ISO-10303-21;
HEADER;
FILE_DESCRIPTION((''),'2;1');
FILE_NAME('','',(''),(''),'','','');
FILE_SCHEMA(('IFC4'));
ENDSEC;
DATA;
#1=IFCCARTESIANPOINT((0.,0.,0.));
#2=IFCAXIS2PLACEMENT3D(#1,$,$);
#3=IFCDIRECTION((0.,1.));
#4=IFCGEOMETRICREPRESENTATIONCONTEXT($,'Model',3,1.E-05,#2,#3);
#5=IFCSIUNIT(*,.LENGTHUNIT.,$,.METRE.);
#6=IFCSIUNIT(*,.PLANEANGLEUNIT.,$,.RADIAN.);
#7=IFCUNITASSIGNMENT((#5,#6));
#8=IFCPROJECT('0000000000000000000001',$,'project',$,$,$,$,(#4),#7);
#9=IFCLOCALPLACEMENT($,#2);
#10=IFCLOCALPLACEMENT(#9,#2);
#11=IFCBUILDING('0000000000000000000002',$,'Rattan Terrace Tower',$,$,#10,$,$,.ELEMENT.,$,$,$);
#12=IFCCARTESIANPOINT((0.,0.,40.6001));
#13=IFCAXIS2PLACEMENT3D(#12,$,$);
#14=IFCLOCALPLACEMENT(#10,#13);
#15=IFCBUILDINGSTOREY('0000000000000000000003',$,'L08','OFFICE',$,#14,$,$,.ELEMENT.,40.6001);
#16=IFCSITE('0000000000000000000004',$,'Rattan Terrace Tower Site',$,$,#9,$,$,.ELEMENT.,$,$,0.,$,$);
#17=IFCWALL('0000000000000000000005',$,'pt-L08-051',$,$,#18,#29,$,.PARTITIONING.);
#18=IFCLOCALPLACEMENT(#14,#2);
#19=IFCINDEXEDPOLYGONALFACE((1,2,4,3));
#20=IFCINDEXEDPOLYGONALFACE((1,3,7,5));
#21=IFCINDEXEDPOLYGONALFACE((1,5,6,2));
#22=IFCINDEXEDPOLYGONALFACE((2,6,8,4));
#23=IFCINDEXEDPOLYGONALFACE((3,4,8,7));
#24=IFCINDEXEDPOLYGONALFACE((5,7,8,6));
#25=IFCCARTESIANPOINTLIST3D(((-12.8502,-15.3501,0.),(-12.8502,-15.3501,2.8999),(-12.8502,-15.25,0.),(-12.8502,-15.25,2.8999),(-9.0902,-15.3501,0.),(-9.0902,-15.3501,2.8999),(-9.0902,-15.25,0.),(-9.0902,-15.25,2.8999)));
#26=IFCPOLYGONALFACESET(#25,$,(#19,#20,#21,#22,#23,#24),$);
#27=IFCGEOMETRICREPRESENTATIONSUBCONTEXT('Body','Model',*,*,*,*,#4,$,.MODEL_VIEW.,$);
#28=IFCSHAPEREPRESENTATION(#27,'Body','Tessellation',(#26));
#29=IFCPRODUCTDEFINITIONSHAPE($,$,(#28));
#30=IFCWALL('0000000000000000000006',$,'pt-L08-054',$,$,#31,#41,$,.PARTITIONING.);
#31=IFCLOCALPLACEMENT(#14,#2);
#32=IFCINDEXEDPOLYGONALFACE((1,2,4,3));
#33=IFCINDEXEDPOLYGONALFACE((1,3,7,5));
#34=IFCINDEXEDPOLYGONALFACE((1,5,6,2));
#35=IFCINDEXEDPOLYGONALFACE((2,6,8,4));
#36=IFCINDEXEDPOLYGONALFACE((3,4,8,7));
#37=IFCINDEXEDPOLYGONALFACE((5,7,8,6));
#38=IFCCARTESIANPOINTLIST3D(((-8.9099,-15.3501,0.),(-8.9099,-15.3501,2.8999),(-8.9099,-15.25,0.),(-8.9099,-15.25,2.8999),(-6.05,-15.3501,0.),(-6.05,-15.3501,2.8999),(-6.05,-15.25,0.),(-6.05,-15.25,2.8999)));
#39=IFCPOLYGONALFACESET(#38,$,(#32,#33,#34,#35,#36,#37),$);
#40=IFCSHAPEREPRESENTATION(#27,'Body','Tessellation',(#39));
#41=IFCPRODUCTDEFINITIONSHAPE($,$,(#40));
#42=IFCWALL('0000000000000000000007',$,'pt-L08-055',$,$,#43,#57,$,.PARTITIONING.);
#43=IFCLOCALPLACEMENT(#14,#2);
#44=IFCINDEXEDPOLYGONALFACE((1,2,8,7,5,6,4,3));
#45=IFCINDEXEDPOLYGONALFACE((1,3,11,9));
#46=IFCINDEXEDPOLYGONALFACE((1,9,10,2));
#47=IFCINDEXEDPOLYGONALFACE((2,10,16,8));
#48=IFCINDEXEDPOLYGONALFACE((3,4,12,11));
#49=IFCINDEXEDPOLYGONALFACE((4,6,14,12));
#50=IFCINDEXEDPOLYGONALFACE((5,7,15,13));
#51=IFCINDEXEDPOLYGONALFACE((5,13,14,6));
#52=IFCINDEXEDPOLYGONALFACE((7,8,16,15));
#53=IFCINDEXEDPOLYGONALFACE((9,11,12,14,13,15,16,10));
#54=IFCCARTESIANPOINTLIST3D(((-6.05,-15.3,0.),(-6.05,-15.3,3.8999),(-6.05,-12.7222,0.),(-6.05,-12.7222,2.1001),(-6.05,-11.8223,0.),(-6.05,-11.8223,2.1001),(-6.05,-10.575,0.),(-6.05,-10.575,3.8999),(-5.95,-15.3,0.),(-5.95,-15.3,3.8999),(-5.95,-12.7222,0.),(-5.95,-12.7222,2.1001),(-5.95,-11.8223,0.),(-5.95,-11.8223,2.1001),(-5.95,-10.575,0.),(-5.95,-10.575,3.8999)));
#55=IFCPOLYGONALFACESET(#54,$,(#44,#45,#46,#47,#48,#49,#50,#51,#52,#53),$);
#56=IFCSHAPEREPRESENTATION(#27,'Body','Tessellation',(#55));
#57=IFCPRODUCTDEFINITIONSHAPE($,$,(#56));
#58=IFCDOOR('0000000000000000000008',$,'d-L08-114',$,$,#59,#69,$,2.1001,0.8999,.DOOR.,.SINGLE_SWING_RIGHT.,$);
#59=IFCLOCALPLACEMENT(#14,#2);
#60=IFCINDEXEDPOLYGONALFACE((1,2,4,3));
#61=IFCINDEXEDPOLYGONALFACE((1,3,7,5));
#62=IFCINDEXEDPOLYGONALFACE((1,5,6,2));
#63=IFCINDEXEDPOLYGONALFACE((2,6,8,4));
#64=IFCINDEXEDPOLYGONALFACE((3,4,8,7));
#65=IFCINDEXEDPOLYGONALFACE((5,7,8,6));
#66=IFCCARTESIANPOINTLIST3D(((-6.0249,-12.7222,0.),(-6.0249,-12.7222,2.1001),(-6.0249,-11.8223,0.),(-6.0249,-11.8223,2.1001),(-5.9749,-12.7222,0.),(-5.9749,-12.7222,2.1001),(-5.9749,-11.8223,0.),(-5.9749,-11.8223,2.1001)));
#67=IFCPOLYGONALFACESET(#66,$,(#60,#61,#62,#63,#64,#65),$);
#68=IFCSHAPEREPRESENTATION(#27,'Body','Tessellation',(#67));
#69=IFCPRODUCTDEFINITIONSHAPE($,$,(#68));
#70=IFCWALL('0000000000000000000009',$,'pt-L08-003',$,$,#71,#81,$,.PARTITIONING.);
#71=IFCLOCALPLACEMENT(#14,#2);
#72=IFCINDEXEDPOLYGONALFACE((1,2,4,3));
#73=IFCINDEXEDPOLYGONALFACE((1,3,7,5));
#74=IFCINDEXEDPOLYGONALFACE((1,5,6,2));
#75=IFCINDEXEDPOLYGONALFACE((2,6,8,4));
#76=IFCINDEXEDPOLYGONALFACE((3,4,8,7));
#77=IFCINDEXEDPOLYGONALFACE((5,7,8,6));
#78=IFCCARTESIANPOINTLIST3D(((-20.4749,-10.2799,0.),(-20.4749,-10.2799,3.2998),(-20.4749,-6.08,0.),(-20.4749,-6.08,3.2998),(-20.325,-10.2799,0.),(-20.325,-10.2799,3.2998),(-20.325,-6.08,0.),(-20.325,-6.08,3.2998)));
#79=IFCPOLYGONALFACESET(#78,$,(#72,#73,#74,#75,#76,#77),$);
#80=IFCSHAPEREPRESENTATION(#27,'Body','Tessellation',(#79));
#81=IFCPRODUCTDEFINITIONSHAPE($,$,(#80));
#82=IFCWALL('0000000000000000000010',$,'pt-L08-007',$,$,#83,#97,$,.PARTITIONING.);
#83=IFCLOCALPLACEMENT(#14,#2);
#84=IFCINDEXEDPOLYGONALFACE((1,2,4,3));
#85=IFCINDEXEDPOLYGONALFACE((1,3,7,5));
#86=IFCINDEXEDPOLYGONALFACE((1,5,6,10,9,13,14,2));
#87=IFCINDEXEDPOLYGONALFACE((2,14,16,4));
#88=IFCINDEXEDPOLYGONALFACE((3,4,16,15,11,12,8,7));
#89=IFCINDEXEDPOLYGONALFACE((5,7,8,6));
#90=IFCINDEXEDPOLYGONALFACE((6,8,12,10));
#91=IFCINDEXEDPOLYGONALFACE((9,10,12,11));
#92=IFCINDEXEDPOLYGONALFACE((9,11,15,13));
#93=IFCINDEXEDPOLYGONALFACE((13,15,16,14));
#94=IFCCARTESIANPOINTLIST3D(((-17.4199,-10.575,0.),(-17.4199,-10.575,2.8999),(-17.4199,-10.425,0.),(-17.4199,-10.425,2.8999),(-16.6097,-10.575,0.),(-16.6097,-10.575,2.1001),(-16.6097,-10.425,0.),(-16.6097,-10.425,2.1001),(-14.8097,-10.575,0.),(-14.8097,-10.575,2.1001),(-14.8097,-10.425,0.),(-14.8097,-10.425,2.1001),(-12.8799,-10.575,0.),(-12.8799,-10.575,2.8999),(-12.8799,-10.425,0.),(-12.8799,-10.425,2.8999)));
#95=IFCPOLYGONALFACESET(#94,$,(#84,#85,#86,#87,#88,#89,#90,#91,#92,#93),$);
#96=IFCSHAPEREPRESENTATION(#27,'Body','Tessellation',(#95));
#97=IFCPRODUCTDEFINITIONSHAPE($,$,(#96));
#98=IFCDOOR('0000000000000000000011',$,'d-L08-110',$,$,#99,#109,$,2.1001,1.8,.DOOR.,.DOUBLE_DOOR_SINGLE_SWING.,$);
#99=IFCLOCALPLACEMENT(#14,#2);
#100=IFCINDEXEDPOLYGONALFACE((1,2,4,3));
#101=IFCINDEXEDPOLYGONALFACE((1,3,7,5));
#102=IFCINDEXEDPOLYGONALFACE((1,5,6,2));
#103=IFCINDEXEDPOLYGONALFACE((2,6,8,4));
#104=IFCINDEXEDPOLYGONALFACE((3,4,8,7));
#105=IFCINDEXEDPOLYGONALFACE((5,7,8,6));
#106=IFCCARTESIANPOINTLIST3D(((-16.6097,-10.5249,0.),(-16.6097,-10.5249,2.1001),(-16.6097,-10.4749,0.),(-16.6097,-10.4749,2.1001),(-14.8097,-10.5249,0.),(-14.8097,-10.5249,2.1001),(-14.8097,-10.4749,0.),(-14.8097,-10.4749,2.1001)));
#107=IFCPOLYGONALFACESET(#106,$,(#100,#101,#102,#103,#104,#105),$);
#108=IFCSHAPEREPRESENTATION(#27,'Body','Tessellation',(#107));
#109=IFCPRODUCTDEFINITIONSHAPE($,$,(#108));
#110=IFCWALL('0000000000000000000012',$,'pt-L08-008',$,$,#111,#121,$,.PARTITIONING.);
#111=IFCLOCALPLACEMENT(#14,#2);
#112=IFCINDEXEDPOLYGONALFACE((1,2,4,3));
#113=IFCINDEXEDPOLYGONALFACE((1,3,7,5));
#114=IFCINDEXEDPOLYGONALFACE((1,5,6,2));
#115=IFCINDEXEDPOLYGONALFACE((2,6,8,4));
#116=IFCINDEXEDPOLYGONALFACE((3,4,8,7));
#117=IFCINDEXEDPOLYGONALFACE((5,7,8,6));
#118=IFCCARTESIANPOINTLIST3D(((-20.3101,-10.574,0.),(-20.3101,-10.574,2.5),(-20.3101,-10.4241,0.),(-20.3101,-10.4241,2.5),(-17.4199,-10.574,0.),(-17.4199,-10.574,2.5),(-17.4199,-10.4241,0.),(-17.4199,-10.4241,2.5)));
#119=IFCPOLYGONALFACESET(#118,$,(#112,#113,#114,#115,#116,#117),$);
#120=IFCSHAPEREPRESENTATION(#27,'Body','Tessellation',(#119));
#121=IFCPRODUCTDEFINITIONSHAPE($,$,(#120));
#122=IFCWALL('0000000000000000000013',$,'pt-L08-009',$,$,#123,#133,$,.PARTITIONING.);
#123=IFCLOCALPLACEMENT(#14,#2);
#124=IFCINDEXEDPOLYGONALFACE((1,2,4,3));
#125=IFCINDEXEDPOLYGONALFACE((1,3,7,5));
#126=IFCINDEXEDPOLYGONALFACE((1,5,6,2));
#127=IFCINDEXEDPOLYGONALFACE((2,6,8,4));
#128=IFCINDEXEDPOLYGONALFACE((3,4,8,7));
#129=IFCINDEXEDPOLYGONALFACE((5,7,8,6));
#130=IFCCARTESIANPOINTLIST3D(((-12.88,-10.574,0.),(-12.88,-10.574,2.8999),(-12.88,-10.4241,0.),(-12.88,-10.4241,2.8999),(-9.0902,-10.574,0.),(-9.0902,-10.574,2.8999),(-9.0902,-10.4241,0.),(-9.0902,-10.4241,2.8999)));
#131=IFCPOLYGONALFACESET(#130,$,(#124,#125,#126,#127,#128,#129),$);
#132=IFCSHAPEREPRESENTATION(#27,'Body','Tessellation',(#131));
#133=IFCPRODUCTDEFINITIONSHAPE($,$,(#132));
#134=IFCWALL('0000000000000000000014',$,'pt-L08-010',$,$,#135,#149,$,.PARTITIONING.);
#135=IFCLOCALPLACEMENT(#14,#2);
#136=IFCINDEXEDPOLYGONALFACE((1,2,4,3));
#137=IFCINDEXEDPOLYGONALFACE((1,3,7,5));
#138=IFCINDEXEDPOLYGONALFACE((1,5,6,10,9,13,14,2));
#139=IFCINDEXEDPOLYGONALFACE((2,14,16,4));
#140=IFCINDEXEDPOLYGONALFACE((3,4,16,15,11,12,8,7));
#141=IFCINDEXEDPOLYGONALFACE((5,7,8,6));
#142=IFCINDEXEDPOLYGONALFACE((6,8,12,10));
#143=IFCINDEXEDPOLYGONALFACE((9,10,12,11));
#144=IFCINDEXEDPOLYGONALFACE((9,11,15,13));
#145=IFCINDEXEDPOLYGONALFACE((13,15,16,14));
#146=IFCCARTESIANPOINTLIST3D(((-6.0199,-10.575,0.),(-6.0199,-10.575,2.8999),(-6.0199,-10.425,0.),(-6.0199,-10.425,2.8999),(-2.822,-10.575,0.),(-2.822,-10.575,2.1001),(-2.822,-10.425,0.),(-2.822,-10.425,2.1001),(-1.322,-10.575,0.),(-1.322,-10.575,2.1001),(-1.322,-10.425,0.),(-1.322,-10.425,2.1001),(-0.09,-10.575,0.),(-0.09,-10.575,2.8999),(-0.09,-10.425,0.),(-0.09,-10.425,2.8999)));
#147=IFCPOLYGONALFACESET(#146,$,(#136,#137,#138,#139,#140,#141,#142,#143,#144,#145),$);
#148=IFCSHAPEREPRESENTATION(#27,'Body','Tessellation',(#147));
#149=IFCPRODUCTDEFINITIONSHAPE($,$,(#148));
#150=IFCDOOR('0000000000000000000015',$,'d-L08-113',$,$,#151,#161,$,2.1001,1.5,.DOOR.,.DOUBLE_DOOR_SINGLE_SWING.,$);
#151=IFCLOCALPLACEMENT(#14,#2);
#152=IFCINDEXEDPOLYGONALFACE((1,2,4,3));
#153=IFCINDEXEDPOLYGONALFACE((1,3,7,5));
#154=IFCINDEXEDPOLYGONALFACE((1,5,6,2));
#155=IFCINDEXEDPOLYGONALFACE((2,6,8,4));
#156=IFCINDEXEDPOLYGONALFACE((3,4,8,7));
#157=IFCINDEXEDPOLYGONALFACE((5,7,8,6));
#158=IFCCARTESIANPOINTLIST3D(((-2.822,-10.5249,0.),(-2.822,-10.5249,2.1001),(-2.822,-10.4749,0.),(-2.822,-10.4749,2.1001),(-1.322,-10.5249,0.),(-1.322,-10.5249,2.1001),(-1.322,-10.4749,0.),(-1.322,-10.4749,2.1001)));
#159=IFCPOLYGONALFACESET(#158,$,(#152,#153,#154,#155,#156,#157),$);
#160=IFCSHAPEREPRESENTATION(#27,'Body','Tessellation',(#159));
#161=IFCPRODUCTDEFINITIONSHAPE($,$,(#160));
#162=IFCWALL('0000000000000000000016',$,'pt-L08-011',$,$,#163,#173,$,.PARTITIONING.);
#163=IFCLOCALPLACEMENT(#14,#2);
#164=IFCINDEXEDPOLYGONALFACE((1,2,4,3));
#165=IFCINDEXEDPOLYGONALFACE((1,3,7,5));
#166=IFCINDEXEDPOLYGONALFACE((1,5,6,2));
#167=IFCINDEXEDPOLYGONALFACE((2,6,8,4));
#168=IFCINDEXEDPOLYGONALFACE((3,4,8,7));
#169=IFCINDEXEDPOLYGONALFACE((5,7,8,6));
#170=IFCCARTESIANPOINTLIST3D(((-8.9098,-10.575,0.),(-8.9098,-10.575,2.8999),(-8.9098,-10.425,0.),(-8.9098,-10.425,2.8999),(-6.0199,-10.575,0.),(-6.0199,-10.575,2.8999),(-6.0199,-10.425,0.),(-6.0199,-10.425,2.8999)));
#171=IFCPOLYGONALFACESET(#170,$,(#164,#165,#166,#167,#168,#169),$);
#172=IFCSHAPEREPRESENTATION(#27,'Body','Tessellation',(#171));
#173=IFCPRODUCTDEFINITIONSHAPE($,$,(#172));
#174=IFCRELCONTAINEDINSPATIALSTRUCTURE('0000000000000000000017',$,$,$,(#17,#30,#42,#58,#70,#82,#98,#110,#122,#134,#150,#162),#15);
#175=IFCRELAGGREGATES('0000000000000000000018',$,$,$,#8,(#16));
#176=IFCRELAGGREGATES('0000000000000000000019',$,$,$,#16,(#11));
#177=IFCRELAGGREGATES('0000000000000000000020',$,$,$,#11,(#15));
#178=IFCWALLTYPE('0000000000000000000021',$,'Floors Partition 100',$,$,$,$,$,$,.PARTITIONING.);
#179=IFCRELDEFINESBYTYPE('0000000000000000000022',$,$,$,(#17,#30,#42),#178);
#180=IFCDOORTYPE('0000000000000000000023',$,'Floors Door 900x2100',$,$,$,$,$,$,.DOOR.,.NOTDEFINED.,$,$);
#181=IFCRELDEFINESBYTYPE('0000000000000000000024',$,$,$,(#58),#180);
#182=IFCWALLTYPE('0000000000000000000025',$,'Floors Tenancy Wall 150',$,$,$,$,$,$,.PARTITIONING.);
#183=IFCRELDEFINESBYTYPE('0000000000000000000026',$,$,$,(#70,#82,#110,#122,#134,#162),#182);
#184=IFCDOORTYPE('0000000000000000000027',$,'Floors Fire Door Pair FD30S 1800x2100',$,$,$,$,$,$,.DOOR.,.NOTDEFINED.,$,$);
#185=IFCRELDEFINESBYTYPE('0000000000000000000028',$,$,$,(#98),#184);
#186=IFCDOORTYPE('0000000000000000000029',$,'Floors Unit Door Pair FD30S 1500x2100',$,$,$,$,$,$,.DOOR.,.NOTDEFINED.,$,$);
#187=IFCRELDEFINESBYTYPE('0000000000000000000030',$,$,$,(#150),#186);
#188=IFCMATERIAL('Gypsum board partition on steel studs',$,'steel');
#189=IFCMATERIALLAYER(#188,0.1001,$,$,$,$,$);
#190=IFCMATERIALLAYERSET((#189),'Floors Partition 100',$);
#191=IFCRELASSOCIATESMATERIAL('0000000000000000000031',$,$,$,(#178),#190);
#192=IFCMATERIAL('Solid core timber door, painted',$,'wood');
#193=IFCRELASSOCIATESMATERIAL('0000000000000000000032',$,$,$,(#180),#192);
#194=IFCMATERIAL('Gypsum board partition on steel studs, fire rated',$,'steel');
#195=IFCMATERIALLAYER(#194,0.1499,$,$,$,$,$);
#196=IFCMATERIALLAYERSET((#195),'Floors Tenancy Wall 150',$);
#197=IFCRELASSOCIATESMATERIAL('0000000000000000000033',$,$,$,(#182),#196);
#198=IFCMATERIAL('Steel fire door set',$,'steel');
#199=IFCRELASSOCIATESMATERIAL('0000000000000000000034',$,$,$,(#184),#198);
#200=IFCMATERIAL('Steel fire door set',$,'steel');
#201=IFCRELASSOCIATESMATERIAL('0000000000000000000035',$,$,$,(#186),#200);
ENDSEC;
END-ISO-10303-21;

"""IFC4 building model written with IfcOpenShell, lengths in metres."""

from ifc_helpers import new_model, si_unit, direction, frame, frame_2d, origin, place, context, subcontext, project, spatial, rectangle, extrude, material, layer, layer_set, type_object, element, fill, save


model = new_model("IFC4")

# Units and contexts
model_context = context("Model", 3, precision=1e-05, world=origin(), true_north=direction((0.0, 1.0)))
body_context = subcontext(model_context, "Body", "Model", "MODEL_VIEW")
ifc_project = project(units=[si_unit("LENGTHUNIT", "METRE"), si_unit("PLANEANGLEUNIT", "RADIAN")], contexts=[model_context])

# Site, building, storey
site_placement = place(None, origin())
site = spatial("IfcSite", under=ifc_project, at=site_placement, Name="Rattan Terrace Tower Site", CompositionType="ELEMENT", RefElevation=0.0)
building_placement = place(site_placement, origin())
building = spatial("IfcBuilding", under=site, at=building_placement, Name="Rattan Terrace Tower", CompositionType="ELEMENT")
storey_placement = place(building_placement, frame((0.0, 0.0, 40.6001)))
storey = spatial("IfcBuildingStorey", under=building, at=storey_placement, Name="L08", Description="OFFICE", CompositionType="ELEMENT", Elevation=40.6001)

# Shared definitions
ifc_material_1 = material(Name="Gypsum board partition on steel studs", Category="steel")
ifc_layer_1 = layer(ifc_material_1, 0.1001)
ifc_layer_set_1 = layer_set([ifc_layer_1], Name="Floors Partition 100")
wall_type_1 = type_object("IfcWallType", Name="Floors Partition 100", PredefinedType="PARTITIONING", material=ifc_layer_set_1)

# Walls
wall_1_placement = place(storey_placement, frame((-12.8501, -15.3, 0.0), z_axis=(0.0, 0.0, 1.0), x_axis=(1.0, 0.0, 0.0)))
element("IfcWall", 1, at=wall_1_placement, inside=storey, type_object=wall_type_1, Name="pt-L08-051", PredefinedType="PARTITIONING", context=body_context, shape_type="SweptSolid", body=[
    extrude(rectangle(XDim=3.76, YDim=0.1001, at=frame_2d((1.8799, 0.0))), origin(), (0.0, 0.0, 1.0), 2.8999),
])
wall_2_placement = place(storey_placement, frame((-8.9099, -15.3, 0.0), z_axis=(0.0, 0.0, 1.0), x_axis=(1.0, 0.0, 0.0)))
element("IfcWall", 2, at=wall_2_placement, inside=storey, type_object=wall_type_1, Name="pt-L08-054", PredefinedType="PARTITIONING", context=body_context, shape_type="SweptSolid", body=[
    extrude(rectangle(XDim=2.8599, YDim=0.1001, at=frame_2d((1.4299, 0.0))), origin(), (0.0, 0.0, 1.0), 2.8999),
])

# Wall, opening, door
wall_3_placement = place(storey_placement, frame((-6.0, -15.3, 0.0), z_axis=(0.0, 0.0, 1.0), x_axis=(0.0, 1.0, 0.0)))
wall_3 = element("IfcWall", 3, at=wall_3_placement, inside=storey, type_object=wall_type_1, Name="pt-L08-055", PredefinedType="PARTITIONING", context=body_context, shape_type="SweptSolid", body=[
    extrude(rectangle(XDim=4.7251, YDim=0.1001, at=frame_2d((2.3625, 0.0))), origin(), (0.0, 0.0, 1.0), 3.8999),
])
opening_1_placement = place(wall_3_placement, frame((2.5779, 0.0, 0.0)))
opening_1 = element("IfcOpeningElement", 4, at=opening_1_placement, cuts=wall_3, PredefinedType="OPENING", context=body_context, shape_type="SweptSolid", body=[
    extrude(rectangle(XDim=0.8999, YDim=2.1001, at=frame_2d((0.45, 1.05))), frame((0.0, 0.0605, 0.0), z_axis=(0.0, -1.0, 0.0), x_axis=(1.0, 0.0, 0.0)), (0.0, 0.0, 1.0), 0.1211),
])
ifc_material_2 = material(Name="Solid core timber door, painted", Category="wood")
door_type_1 = type_object("IfcDoorType", Name="Floors Door 900x2100", OperationType="NOTDEFINED", PredefinedType="DOOR", material=ifc_material_2)
door_1_placement = place(opening_1_placement, origin())
door_1 = element("IfcDoor", 5, at=door_1_placement, inside=storey, type_object=door_type_1, Name="d-L08-114", OperationType="SINGLE_SWING_RIGHT", OverallHeight=2.1001, OverallWidth=0.8999, PredefinedType="DOOR", context=body_context, shape_type="SweptSolid", body=[
    extrude(rectangle(XDim=0.8999, YDim=2.1001, at=frame_2d((0.45, 1.05))), frame((0.0, 0.0249, 0.0), z_axis=(0.0, -1.0, 0.0), x_axis=(1.0, 0.0, 0.0)), (0.0, 0.0, 1.0), 0.05),
])
fill(opening_1, door_1)

# Wall
ifc_material_3 = material(Name="Gypsum board partition on steel studs, fire rated", Category="steel")
ifc_layer_2 = layer(ifc_material_3, 0.1499)
ifc_layer_set_2 = layer_set([ifc_layer_2], Name="Floors Tenancy Wall 150")
wall_type_2 = type_object("IfcWallType", Name="Floors Tenancy Wall 150", PredefinedType="PARTITIONING", material=ifc_layer_set_2)
wall_4_placement = place(storey_placement, frame((-20.3999, -10.28, 0.0), z_axis=(0.0, 0.0, 1.0), x_axis=(0.0, 1.0, 0.0)))
element("IfcWall", 6, at=wall_4_placement, inside=storey, type_object=wall_type_2, Name="pt-L08-003", PredefinedType="PARTITIONING", context=body_context, shape_type="SweptSolid", body=[
    extrude(rectangle(XDim=4.2, YDim=0.1499, at=frame_2d((2.1001, 0.0))), origin(), (0.0, 0.0, 1.0), 3.2998),
])

# Wall, opening, door
wall_5_placement = place(storey_placement, frame((-12.8799, -10.5, 0.0), z_axis=(0.0, 0.0, 1.0), x_axis=(-1.0, 0.0, 0.0)))
wall_5 = element("IfcWall", 7, at=wall_5_placement, inside=storey, type_object=wall_type_2, Name="pt-L08-007", PredefinedType="PARTITIONING", context=body_context, shape_type="SweptSolid", body=[
    extrude(rectangle(XDim=4.54, YDim=0.1499, at=frame_2d((2.27, 0.0))), origin(), (0.0, 0.0, 1.0), 2.8999),
])
opening_2_placement = place(wall_5_placement, frame((1.9299, 0.0, 0.0)))
opening_2 = element("IfcOpeningElement", 8, at=opening_2_placement, cuts=wall_5, PredefinedType="OPENING", context=body_context, shape_type="SweptSolid", body=[
    extrude(rectangle(XDim=1.8, YDim=2.1001, at=frame_2d((0.8999, 1.05))), frame((0.0, 0.0854, 0.0), z_axis=(0.0, -1.0, 0.0), x_axis=(1.0, 0.0, 0.0)), (0.0, 0.0, 1.0), 0.1709),
])
ifc_material_4 = material(Name="Steel fire door set", Category="steel")
door_type_2 = type_object("IfcDoorType", Name="Floors Fire Door Pair FD30S 1800x2100", OperationType="NOTDEFINED", PredefinedType="DOOR", material=ifc_material_4)
door_2_placement = place(opening_2_placement, origin())
door_2 = element("IfcDoor", 9, at=door_2_placement, inside=storey, type_object=door_type_2, Name="d-L08-110", OperationType="DOUBLE_DOOR_SINGLE_SWING", OverallHeight=2.1001, OverallWidth=1.8, PredefinedType="DOOR", context=body_context, shape_type="SweptSolid", body=[
    extrude(rectangle(XDim=1.8, YDim=2.1001, at=frame_2d((0.8999, 1.05))), frame((0.0, 0.0249, 0.0), z_axis=(0.0, -1.0, 0.0), x_axis=(1.0, 0.0, 0.0)), (0.0, 0.0, 1.0), 0.05),
])
fill(opening_2, door_2)

# Walls
wall_6_placement = place(storey_placement, frame((-17.4199, -10.499, 0.0), z_axis=(0.0, 0.0, 1.0), x_axis=(-1.0, 0.0, 0.0)))
element("IfcWall", 10, at=wall_6_placement, inside=storey, type_object=wall_type_2, Name="pt-L08-008", PredefinedType="PARTITIONING", context=body_context, shape_type="SweptSolid", body=[
    extrude(rectangle(XDim=2.8901, YDim=0.1499, at=frame_2d((1.4451, 0.0))), origin(), (0.0, 0.0, 1.0), 2.5),
])
wall_7_placement = place(storey_placement, frame((-9.0901, -10.499, 0.0), z_axis=(0.0, 0.0, 1.0), x_axis=(-1.0, 0.0, 0.0)))
element("IfcWall", 11, at=wall_7_placement, inside=storey, type_object=wall_type_2, Name="pt-L08-009", PredefinedType="PARTITIONING", context=body_context, shape_type="SweptSolid", body=[
    extrude(rectangle(XDim=3.7898, YDim=0.1499, at=frame_2d((1.895, 0.0))), origin(), (0.0, 0.0, 1.0), 2.8999),
])

# Wall, opening, door
wall_8_placement = place(storey_placement, frame((-0.0901, -10.5, 0.0), z_axis=(0.0, 0.0, 1.0), x_axis=(-1.0, 0.0, 0.0)))
wall_8 = element("IfcWall", 12, at=wall_8_placement, inside=storey, type_object=wall_type_2, Name="pt-L08-010", PredefinedType="PARTITIONING", context=body_context, shape_type="SweptSolid", body=[
    extrude(rectangle(XDim=5.9299, YDim=0.1499, at=frame_2d((2.9648, 0.0))), origin(), (0.0, 0.0, 1.0), 2.8999),
])
opening_3_placement = place(wall_8_placement, frame((1.2319, 0.0, 0.0)))
opening_3 = element("IfcOpeningElement", 13, at=opening_3_placement, cuts=wall_8, PredefinedType="OPENING", context=body_context, shape_type="SweptSolid", body=[
    extrude(rectangle(XDim=1.5, YDim=2.1001, at=frame_2d((0.75, 1.05))), frame((0.0, 0.0854, 0.0), z_axis=(0.0, -1.0, 0.0), x_axis=(1.0, 0.0, 0.0)), (0.0, 0.0, 1.0), 0.1709),
])
ifc_material_5 = material(Name="Steel fire door set", Category="steel")
door_type_3 = type_object("IfcDoorType", Name="Floors Unit Door Pair FD30S 1500x2100", OperationType="NOTDEFINED", PredefinedType="DOOR", material=ifc_material_5)
door_3_placement = place(opening_3_placement, origin())
door_3 = element("IfcDoor", 14, at=door_3_placement, inside=storey, type_object=door_type_3, Name="d-L08-113", OperationType="DOUBLE_DOOR_SINGLE_SWING", OverallHeight=2.1001, OverallWidth=1.5, PredefinedType="DOOR", context=body_context, shape_type="SweptSolid", body=[
    extrude(rectangle(XDim=1.5, YDim=2.1001, at=frame_2d((0.75, 1.05))), frame((0.0, 0.0249, 0.0), z_axis=(0.0, -1.0, 0.0), x_axis=(1.0, 0.0, 0.0)), (0.0, 0.0, 1.0), 0.05),
])
fill(opening_3, door_3)

# Wall
wall_9_placement = place(storey_placement, frame((-6.02, -10.5, 0.0), z_axis=(0.0, 0.0, 1.0), x_axis=(-1.0, 0.0, 0.0)))
element("IfcWall", 15, at=wall_9_placement, inside=storey, type_object=wall_type_2, Name="pt-L08-011", PredefinedType="PARTITIONING", context=body_context, shape_type="SweptSolid", body=[
    extrude(rectangle(XDim=2.8899, YDim=0.1499, at=frame_2d((1.4448, 0.0))), origin(), (0.0, 0.0, 1.0), 2.8999),
])

save(model, "model.ifc")
